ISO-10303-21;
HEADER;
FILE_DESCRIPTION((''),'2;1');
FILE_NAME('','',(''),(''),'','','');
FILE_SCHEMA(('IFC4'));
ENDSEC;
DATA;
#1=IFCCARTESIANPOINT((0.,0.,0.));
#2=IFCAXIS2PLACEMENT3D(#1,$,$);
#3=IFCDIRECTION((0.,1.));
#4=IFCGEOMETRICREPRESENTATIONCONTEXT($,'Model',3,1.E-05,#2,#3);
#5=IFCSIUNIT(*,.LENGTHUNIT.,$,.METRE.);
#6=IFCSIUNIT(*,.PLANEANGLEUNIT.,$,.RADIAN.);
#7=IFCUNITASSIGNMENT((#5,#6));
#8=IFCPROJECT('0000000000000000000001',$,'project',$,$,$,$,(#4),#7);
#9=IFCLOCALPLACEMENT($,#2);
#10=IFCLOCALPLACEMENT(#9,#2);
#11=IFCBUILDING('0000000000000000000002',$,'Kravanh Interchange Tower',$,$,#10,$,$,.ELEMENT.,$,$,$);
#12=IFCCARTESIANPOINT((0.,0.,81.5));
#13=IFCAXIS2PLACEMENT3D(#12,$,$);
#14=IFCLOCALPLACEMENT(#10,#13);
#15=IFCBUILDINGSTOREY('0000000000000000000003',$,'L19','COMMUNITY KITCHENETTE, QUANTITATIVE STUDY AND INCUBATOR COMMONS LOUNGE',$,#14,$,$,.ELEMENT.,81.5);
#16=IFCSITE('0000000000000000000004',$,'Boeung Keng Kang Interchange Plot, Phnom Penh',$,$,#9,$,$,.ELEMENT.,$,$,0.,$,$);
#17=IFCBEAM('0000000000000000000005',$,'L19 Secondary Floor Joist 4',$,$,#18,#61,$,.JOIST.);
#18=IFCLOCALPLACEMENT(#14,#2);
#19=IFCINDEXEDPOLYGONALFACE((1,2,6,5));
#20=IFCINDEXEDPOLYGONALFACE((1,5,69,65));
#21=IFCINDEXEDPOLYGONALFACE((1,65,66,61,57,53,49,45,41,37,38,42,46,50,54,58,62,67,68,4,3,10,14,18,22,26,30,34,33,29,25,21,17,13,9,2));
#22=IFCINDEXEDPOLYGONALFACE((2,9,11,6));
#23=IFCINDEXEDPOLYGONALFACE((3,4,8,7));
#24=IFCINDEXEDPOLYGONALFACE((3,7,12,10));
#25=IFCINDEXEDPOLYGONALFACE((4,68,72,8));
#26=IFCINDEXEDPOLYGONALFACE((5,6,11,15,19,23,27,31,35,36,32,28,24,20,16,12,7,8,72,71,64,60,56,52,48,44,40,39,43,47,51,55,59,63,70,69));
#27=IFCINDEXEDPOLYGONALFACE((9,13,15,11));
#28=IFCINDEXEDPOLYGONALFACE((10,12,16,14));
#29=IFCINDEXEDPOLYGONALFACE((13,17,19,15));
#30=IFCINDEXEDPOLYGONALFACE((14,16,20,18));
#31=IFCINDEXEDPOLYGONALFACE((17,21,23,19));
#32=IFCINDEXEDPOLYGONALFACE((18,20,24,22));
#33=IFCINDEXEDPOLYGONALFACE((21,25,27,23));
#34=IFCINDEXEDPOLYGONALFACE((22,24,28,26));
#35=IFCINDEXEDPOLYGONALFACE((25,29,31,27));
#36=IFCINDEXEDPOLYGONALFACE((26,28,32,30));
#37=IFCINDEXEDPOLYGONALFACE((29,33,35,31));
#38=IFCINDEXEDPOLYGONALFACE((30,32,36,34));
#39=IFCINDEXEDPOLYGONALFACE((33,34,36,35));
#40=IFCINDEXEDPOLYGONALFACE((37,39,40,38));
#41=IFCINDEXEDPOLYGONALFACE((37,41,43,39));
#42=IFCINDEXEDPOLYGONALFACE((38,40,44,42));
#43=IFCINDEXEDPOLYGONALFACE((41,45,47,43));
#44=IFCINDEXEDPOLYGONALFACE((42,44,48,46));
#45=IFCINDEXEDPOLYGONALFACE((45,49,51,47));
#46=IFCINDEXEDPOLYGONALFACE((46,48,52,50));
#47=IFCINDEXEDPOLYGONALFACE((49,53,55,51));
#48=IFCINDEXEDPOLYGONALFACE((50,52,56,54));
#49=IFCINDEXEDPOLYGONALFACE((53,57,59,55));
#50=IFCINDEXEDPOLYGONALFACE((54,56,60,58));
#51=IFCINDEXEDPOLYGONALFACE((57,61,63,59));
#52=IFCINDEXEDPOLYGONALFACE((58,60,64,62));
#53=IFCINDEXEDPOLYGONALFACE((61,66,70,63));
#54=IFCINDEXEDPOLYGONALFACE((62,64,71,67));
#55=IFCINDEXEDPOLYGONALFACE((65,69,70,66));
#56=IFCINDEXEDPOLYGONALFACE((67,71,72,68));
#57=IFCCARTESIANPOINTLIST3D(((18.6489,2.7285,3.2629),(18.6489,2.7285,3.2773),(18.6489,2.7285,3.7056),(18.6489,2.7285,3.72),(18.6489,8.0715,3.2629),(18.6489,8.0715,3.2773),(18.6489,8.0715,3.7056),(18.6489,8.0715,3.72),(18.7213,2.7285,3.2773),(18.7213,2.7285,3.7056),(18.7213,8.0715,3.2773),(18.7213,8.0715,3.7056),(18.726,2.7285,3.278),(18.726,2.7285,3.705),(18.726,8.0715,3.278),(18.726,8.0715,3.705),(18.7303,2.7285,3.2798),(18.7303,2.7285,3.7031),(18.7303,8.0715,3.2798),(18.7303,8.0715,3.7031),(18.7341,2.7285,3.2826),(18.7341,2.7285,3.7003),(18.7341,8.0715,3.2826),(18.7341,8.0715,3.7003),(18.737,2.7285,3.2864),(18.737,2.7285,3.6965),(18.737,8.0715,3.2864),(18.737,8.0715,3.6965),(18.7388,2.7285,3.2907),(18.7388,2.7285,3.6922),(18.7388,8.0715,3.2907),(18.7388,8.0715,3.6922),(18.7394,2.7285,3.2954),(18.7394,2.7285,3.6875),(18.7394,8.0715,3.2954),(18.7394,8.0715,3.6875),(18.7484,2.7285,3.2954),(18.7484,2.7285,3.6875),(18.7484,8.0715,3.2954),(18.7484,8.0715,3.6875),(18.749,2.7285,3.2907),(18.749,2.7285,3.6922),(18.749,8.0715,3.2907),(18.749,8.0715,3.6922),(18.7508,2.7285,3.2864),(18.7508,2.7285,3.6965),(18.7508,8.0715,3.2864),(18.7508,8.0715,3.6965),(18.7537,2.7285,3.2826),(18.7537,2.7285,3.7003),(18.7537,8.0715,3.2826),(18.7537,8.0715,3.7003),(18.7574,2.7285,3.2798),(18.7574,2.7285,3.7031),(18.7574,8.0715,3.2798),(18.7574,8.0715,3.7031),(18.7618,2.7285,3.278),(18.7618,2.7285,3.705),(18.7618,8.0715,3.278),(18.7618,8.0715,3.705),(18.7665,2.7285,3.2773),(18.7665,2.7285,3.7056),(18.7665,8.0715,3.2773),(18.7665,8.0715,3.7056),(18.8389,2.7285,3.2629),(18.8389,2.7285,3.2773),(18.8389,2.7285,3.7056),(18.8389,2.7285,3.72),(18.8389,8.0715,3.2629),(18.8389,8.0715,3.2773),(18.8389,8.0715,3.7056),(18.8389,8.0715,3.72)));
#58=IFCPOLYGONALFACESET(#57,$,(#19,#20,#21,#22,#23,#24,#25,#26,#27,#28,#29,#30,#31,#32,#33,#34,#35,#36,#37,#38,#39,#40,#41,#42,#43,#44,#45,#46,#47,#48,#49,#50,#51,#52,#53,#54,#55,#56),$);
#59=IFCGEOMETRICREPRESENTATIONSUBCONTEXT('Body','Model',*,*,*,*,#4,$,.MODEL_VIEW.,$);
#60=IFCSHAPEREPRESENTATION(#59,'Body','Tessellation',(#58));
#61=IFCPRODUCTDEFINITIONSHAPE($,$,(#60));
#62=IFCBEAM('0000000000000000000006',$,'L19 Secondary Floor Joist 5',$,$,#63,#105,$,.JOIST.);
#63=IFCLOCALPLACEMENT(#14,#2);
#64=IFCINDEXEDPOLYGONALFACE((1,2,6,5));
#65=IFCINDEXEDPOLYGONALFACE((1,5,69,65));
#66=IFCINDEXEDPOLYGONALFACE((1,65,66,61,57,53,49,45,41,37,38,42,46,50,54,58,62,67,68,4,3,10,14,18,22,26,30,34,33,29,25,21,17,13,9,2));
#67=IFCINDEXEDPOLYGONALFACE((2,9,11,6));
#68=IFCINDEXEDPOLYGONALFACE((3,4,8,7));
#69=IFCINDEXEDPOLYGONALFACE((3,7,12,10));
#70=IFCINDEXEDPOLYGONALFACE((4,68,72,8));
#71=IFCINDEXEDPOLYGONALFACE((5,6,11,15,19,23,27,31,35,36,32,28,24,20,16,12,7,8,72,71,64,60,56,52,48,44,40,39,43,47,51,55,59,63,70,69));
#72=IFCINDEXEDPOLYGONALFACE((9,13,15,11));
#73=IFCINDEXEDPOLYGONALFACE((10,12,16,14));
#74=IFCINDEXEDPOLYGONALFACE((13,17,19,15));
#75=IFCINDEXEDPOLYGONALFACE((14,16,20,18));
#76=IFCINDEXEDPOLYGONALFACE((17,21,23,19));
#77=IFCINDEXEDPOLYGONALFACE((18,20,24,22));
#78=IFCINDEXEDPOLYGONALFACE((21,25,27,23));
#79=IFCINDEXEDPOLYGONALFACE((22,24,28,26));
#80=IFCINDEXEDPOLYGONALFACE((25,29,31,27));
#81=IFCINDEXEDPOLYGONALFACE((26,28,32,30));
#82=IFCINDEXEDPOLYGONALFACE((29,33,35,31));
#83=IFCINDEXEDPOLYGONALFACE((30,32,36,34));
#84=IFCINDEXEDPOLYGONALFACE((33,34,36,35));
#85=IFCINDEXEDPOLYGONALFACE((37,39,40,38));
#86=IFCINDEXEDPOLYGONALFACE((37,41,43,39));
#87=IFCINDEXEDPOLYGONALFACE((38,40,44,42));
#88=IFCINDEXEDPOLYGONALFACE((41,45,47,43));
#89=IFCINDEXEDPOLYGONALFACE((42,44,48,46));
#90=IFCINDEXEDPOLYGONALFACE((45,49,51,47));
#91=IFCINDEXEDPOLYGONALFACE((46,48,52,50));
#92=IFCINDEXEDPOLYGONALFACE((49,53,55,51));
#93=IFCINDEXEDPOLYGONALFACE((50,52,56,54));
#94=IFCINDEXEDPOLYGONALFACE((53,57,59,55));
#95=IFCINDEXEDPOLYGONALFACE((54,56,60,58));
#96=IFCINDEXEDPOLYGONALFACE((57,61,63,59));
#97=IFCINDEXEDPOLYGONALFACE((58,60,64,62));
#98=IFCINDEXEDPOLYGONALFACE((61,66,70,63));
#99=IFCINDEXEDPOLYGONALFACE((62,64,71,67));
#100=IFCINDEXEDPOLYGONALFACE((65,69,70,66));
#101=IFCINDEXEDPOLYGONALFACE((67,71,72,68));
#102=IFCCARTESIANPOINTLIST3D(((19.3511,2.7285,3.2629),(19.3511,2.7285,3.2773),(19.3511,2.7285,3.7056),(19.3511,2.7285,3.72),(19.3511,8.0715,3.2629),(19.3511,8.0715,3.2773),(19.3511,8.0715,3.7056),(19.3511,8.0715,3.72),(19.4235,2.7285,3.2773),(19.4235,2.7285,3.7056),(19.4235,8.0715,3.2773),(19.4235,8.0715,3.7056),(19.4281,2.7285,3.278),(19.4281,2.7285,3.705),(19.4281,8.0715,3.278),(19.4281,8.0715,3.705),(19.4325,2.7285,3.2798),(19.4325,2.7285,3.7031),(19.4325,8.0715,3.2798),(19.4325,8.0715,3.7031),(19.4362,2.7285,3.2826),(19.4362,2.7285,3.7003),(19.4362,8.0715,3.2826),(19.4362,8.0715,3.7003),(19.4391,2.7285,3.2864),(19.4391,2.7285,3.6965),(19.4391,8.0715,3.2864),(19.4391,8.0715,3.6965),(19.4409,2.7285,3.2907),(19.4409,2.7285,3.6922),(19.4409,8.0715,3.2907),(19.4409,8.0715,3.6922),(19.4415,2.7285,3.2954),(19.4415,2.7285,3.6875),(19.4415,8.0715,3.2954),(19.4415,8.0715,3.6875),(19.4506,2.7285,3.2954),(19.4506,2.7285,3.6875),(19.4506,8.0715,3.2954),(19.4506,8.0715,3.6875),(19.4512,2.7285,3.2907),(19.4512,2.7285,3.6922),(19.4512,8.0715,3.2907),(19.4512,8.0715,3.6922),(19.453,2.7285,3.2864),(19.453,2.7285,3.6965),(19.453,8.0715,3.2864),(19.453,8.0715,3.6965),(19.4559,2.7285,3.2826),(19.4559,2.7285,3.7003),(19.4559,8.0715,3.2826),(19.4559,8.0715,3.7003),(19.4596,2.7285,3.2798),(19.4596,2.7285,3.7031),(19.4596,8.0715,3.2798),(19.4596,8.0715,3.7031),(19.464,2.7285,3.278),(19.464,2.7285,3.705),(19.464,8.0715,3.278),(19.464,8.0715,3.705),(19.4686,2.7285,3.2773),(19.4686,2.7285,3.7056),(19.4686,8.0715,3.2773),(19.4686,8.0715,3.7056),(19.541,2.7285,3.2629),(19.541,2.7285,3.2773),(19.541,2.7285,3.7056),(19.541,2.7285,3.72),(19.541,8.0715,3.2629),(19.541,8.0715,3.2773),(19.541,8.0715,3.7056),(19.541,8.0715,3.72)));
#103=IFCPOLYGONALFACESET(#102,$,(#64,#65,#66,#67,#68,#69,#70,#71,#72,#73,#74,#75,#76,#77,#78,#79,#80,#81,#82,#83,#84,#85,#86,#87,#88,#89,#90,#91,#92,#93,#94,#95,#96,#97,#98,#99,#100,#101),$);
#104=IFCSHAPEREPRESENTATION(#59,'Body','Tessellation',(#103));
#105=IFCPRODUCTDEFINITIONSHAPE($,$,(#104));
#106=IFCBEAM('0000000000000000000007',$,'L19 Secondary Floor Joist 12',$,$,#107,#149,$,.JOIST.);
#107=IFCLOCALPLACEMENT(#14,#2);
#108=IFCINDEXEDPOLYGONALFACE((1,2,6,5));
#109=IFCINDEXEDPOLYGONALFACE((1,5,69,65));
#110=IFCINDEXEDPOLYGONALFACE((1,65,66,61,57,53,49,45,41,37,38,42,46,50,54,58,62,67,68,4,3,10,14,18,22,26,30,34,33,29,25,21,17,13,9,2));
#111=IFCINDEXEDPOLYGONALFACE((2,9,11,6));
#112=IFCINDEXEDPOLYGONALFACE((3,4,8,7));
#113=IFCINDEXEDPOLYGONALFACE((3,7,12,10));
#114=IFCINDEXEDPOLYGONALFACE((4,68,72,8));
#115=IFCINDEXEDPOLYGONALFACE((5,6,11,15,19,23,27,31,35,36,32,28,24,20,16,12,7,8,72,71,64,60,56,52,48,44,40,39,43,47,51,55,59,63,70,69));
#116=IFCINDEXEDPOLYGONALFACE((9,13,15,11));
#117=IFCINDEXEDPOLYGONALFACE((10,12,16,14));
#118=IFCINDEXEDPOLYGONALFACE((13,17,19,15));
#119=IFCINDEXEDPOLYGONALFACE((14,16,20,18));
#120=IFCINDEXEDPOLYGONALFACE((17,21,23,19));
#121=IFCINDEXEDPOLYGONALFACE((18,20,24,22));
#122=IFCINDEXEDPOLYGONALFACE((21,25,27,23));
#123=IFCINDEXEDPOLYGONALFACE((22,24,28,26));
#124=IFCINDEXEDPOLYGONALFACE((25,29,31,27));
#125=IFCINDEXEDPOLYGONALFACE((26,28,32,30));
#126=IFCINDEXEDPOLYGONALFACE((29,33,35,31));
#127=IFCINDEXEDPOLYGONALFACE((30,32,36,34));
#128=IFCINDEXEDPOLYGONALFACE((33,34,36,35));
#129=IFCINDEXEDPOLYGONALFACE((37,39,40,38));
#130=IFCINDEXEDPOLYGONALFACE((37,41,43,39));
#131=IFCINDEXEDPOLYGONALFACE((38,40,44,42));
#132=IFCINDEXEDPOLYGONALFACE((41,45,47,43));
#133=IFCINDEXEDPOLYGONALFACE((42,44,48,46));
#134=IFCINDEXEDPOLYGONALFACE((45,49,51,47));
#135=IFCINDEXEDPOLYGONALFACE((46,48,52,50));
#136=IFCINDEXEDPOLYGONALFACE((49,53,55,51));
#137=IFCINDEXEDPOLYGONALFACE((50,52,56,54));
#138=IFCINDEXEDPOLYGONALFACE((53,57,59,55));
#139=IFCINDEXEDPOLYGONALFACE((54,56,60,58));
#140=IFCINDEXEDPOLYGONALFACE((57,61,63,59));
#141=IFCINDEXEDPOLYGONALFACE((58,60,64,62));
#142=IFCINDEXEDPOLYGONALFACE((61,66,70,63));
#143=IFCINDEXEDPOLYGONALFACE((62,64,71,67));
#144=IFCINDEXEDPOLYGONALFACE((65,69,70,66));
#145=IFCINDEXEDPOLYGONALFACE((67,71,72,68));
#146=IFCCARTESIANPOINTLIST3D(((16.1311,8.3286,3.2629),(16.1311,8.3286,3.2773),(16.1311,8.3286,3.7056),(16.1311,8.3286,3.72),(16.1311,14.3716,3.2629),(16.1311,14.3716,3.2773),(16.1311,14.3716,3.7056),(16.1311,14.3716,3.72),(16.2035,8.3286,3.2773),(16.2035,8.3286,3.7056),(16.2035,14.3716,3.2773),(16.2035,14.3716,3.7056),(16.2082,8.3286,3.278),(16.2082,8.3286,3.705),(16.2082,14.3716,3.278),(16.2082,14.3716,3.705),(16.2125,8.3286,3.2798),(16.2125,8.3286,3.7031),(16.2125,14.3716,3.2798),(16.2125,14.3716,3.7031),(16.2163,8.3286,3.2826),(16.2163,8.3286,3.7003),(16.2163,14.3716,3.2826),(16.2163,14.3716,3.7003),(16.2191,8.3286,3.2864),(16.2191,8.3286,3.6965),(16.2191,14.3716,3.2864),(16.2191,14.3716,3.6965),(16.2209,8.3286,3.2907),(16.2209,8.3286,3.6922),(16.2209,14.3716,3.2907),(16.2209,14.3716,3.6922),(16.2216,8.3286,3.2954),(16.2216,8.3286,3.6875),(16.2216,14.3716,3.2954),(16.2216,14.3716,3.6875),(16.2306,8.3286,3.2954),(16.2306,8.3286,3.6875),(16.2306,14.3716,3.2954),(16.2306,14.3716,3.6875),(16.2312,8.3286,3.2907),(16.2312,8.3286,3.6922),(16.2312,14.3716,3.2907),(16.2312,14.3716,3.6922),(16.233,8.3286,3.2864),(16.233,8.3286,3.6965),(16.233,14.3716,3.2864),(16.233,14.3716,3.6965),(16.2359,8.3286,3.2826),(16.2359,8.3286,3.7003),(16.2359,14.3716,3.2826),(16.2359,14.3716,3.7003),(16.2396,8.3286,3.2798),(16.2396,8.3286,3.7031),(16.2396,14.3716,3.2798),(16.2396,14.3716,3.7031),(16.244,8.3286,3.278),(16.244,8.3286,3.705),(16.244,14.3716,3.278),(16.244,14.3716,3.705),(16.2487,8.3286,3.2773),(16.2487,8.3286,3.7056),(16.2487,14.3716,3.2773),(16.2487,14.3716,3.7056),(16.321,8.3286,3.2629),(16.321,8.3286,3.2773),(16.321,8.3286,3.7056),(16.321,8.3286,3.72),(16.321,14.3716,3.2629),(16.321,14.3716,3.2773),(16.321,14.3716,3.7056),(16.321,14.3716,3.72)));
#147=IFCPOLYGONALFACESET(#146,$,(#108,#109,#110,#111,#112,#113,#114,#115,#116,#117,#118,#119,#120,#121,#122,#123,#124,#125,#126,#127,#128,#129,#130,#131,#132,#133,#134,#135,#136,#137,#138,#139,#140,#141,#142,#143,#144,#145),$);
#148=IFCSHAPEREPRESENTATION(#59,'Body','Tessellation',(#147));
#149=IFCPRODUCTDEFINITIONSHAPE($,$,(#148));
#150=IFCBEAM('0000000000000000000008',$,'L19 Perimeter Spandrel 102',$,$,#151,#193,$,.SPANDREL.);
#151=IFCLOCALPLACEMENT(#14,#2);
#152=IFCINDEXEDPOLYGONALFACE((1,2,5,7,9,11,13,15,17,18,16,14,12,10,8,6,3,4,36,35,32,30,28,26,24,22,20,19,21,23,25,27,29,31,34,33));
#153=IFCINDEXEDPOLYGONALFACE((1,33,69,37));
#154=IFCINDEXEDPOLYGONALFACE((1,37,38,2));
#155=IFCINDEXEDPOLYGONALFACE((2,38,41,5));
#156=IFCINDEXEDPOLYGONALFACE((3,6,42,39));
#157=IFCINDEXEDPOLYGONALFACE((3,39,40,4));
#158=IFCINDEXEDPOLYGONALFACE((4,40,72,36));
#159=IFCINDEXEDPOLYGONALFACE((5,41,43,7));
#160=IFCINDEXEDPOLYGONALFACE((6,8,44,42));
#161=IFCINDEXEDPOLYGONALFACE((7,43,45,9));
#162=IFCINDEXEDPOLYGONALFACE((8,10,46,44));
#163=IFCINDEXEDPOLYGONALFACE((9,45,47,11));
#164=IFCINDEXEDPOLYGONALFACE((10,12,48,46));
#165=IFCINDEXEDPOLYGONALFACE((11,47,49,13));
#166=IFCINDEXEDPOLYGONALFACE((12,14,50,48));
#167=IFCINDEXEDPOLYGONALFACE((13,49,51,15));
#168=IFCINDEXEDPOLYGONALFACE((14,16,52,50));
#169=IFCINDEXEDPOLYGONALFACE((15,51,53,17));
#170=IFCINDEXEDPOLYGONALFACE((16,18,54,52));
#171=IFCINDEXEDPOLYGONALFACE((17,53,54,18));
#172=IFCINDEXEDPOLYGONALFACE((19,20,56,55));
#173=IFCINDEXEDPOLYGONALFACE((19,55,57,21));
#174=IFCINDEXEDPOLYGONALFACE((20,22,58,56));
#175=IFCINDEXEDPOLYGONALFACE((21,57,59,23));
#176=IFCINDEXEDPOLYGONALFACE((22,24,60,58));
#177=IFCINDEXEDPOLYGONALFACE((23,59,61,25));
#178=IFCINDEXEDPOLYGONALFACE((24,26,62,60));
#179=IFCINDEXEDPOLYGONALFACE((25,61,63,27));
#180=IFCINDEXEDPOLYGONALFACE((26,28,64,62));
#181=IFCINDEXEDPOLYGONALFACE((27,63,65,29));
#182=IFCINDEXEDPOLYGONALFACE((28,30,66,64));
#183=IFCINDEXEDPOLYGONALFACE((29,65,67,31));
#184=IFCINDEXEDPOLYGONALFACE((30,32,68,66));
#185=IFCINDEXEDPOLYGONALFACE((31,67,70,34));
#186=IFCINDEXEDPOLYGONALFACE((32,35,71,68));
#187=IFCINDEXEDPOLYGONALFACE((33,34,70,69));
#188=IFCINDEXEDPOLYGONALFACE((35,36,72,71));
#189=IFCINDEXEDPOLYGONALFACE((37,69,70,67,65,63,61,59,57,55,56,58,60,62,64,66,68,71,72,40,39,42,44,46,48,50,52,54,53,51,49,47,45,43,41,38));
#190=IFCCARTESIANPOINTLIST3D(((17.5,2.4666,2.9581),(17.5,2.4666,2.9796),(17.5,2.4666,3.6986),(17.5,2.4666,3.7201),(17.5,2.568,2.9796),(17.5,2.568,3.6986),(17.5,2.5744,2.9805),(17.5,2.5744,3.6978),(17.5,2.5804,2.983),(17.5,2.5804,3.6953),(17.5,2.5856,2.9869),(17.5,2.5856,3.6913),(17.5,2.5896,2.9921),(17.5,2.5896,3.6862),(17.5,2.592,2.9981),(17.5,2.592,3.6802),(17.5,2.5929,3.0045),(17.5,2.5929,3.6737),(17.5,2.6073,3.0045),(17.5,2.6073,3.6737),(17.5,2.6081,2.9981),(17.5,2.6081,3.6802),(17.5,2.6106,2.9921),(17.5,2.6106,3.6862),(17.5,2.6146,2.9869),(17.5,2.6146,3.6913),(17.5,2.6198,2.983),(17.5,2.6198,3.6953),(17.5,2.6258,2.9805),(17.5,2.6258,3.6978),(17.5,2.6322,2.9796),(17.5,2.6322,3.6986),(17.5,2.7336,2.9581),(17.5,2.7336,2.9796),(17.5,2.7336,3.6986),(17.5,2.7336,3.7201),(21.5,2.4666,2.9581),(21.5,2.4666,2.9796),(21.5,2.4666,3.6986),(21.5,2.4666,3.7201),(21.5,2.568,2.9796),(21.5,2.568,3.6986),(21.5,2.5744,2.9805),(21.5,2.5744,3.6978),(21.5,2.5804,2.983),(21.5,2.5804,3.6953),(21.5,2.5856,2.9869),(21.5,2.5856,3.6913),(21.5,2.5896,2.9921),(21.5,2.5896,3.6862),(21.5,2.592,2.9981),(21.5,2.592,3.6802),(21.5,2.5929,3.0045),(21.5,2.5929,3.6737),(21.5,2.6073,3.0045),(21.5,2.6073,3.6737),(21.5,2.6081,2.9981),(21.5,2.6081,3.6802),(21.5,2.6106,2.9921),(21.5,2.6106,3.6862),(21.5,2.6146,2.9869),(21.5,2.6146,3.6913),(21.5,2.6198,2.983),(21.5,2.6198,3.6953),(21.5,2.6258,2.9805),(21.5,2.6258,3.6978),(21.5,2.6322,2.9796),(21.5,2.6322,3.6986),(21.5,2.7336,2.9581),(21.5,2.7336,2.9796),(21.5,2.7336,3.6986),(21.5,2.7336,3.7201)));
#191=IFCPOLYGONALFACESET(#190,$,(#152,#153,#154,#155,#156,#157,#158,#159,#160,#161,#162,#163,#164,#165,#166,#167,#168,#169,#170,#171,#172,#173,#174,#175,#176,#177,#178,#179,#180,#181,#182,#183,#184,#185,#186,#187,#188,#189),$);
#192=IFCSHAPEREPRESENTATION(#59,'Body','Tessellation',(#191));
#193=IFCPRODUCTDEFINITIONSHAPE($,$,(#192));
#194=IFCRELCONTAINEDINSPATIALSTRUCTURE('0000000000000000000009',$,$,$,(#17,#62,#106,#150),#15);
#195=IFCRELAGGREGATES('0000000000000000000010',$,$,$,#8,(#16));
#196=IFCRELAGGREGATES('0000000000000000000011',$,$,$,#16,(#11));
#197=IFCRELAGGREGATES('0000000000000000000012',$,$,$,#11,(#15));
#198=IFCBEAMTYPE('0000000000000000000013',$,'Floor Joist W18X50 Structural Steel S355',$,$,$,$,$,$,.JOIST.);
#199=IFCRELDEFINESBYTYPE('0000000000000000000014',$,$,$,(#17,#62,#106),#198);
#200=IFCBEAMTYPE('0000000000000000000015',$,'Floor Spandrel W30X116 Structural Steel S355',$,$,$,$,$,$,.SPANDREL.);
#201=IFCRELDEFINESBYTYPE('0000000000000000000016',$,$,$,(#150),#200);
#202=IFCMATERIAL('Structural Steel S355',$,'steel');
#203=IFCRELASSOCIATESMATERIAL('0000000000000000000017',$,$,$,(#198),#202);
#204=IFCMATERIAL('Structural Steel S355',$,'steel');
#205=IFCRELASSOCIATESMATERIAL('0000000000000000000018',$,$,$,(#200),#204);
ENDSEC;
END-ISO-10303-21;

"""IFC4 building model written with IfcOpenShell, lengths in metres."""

from ifc_helpers import new_model, si_unit, direction, frame, origin, origin_2d, place, context, subcontext, project, spatial, i_section, extrude, material, material_profile, profile_set, type_object, element, save


model = new_model("IFC4")

# Units and contexts
model_context = context("Model", 3, precision=1e-05, world=origin(), true_north=direction((0.0, 1.0)))
body_context = subcontext(model_context, "Body", "Model", "MODEL_VIEW")
ifc_project = project(units=[si_unit("LENGTHUNIT", "METRE"), si_unit("PLANEANGLEUNIT", "RADIAN")], contexts=[model_context])

# Site, building, storey
site_placement = place(None, origin())
site = spatial("IfcSite", under=ifc_project, at=site_placement, Name="Boeung Keng Kang Interchange Plot, Phnom Penh", CompositionType="ELEMENT", RefElevation=0.0)
building_placement = place(site_placement, origin())
building = spatial("IfcBuilding", under=site, at=building_placement, Name="Kravanh Interchange Tower", CompositionType="ELEMENT")
storey_placement = place(building_placement, frame((0.0, 0.0, 81.5)))
storey = spatial("IfcBuildingStorey", under=building, at=storey_placement, Name="L19", Description="COMMUNITY KITCHENETTE, QUANTITATIVE STUDY AND INCUBATOR COMMONS LOUNGE", CompositionType="ELEMENT", Elevation=81.5)

# Beams
ifc_material_1 = material(Name="Structural Steel S355", Category="steel")
ifc_material_profile_1 = material_profile(ifc_material_1, i_section(OverallWidth=0.1899, OverallDepth=0.457, WebThickness=0.009, FlangeThickness=0.0144, FilletRadius=0.0181, at=origin_2d()), Name="W18X50")
ifc_profile_set_1 = profile_set([ifc_material_profile_1], Name="Structural Steel S355")
beam_type_1 = type_object("IfcBeamType", Name="Floor Joist W18X50 Structural Steel S355", PredefinedType="JOIST", material=ifc_profile_set_1)
for number, where, z_axis, x_axis, name in (
    (1, (18.7439, 2.7285, 3.4915), (0.0, 1.0, 0.0), (-1.0, 0.0, 0.0), "L19 Secondary Floor Joist 4"),
    (2, (19.446, 2.7285, 3.4915), (0.0, 1.0, 0.0), (-1.0, 0.0, 0.0), "L19 Secondary Floor Joist 5"),
):
    element("IfcBeam", number, at=place(storey_placement, frame(where, z_axis=z_axis, x_axis=x_axis)), inside=storey, type_object=beam_type_1, Name=name, PredefinedType="JOIST", context=body_context, shape_type="SweptSolid", body=[
        extrude(i_section(OverallWidth=0.1899, OverallDepth=0.457, WebThickness=0.009, FlangeThickness=0.0144, FilletRadius=0.0181, at=origin_2d()), origin(), (0.0, 0.0, 1.0), 5.343),
    ])
beam_1_placement = place(storey_placement, frame((16.2261, 8.3286, 3.4915), z_axis=(0.0, 1.0, 0.0), x_axis=(-1.0, 0.0, 0.0)))
element("IfcBeam", 3, at=beam_1_placement, inside=storey, type_object=beam_type_1, Name="L19 Secondary Floor Joist 12", PredefinedType="JOIST", context=body_context, shape_type="SweptSolid", body=[
    extrude(i_section(OverallWidth=0.1899, OverallDepth=0.457, WebThickness=0.009, FlangeThickness=0.0144, FilletRadius=0.0181, at=origin_2d()), origin(), (0.0, 0.0, 1.0), 6.043),
])
ifc_material_2 = material(Name="Structural Steel S355", Category="steel")
ifc_material_profile_2 = material_profile(ifc_material_2, i_section(OverallWidth=0.2671, OverallDepth=0.762, WebThickness=0.0144, FlangeThickness=0.0215, FilletRadius=0.0249, at=origin_2d()), Name="W30X116")
ifc_profile_set_2 = profile_set([ifc_material_profile_2], Name="Structural Steel S355")
beam_type_2 = type_object("IfcBeamType", Name="Floor Spandrel W30X116 Structural Steel S355", PredefinedType="SPANDREL", material=ifc_profile_set_2)
beam_2_placement = place(storey_placement, frame((17.5, 2.6001, 3.3391), z_axis=(1.0, 0.0, 0.0), x_axis=(0.0, 1.0, 0.0)))
element("IfcBeam", 4, at=beam_2_placement, inside=storey, type_object=beam_type_2, Name="L19 Perimeter Spandrel 102", PredefinedType="SPANDREL", context=body_context, shape_type="SweptSolid", body=[
    extrude(i_section(OverallWidth=0.2671, OverallDepth=0.762, WebThickness=0.0144, FlangeThickness=0.0215, FilletRadius=0.0249, at=origin_2d()), origin(), (0.0, 0.0, 1.0), 4.0),
])

save(model, "model.ifc")
